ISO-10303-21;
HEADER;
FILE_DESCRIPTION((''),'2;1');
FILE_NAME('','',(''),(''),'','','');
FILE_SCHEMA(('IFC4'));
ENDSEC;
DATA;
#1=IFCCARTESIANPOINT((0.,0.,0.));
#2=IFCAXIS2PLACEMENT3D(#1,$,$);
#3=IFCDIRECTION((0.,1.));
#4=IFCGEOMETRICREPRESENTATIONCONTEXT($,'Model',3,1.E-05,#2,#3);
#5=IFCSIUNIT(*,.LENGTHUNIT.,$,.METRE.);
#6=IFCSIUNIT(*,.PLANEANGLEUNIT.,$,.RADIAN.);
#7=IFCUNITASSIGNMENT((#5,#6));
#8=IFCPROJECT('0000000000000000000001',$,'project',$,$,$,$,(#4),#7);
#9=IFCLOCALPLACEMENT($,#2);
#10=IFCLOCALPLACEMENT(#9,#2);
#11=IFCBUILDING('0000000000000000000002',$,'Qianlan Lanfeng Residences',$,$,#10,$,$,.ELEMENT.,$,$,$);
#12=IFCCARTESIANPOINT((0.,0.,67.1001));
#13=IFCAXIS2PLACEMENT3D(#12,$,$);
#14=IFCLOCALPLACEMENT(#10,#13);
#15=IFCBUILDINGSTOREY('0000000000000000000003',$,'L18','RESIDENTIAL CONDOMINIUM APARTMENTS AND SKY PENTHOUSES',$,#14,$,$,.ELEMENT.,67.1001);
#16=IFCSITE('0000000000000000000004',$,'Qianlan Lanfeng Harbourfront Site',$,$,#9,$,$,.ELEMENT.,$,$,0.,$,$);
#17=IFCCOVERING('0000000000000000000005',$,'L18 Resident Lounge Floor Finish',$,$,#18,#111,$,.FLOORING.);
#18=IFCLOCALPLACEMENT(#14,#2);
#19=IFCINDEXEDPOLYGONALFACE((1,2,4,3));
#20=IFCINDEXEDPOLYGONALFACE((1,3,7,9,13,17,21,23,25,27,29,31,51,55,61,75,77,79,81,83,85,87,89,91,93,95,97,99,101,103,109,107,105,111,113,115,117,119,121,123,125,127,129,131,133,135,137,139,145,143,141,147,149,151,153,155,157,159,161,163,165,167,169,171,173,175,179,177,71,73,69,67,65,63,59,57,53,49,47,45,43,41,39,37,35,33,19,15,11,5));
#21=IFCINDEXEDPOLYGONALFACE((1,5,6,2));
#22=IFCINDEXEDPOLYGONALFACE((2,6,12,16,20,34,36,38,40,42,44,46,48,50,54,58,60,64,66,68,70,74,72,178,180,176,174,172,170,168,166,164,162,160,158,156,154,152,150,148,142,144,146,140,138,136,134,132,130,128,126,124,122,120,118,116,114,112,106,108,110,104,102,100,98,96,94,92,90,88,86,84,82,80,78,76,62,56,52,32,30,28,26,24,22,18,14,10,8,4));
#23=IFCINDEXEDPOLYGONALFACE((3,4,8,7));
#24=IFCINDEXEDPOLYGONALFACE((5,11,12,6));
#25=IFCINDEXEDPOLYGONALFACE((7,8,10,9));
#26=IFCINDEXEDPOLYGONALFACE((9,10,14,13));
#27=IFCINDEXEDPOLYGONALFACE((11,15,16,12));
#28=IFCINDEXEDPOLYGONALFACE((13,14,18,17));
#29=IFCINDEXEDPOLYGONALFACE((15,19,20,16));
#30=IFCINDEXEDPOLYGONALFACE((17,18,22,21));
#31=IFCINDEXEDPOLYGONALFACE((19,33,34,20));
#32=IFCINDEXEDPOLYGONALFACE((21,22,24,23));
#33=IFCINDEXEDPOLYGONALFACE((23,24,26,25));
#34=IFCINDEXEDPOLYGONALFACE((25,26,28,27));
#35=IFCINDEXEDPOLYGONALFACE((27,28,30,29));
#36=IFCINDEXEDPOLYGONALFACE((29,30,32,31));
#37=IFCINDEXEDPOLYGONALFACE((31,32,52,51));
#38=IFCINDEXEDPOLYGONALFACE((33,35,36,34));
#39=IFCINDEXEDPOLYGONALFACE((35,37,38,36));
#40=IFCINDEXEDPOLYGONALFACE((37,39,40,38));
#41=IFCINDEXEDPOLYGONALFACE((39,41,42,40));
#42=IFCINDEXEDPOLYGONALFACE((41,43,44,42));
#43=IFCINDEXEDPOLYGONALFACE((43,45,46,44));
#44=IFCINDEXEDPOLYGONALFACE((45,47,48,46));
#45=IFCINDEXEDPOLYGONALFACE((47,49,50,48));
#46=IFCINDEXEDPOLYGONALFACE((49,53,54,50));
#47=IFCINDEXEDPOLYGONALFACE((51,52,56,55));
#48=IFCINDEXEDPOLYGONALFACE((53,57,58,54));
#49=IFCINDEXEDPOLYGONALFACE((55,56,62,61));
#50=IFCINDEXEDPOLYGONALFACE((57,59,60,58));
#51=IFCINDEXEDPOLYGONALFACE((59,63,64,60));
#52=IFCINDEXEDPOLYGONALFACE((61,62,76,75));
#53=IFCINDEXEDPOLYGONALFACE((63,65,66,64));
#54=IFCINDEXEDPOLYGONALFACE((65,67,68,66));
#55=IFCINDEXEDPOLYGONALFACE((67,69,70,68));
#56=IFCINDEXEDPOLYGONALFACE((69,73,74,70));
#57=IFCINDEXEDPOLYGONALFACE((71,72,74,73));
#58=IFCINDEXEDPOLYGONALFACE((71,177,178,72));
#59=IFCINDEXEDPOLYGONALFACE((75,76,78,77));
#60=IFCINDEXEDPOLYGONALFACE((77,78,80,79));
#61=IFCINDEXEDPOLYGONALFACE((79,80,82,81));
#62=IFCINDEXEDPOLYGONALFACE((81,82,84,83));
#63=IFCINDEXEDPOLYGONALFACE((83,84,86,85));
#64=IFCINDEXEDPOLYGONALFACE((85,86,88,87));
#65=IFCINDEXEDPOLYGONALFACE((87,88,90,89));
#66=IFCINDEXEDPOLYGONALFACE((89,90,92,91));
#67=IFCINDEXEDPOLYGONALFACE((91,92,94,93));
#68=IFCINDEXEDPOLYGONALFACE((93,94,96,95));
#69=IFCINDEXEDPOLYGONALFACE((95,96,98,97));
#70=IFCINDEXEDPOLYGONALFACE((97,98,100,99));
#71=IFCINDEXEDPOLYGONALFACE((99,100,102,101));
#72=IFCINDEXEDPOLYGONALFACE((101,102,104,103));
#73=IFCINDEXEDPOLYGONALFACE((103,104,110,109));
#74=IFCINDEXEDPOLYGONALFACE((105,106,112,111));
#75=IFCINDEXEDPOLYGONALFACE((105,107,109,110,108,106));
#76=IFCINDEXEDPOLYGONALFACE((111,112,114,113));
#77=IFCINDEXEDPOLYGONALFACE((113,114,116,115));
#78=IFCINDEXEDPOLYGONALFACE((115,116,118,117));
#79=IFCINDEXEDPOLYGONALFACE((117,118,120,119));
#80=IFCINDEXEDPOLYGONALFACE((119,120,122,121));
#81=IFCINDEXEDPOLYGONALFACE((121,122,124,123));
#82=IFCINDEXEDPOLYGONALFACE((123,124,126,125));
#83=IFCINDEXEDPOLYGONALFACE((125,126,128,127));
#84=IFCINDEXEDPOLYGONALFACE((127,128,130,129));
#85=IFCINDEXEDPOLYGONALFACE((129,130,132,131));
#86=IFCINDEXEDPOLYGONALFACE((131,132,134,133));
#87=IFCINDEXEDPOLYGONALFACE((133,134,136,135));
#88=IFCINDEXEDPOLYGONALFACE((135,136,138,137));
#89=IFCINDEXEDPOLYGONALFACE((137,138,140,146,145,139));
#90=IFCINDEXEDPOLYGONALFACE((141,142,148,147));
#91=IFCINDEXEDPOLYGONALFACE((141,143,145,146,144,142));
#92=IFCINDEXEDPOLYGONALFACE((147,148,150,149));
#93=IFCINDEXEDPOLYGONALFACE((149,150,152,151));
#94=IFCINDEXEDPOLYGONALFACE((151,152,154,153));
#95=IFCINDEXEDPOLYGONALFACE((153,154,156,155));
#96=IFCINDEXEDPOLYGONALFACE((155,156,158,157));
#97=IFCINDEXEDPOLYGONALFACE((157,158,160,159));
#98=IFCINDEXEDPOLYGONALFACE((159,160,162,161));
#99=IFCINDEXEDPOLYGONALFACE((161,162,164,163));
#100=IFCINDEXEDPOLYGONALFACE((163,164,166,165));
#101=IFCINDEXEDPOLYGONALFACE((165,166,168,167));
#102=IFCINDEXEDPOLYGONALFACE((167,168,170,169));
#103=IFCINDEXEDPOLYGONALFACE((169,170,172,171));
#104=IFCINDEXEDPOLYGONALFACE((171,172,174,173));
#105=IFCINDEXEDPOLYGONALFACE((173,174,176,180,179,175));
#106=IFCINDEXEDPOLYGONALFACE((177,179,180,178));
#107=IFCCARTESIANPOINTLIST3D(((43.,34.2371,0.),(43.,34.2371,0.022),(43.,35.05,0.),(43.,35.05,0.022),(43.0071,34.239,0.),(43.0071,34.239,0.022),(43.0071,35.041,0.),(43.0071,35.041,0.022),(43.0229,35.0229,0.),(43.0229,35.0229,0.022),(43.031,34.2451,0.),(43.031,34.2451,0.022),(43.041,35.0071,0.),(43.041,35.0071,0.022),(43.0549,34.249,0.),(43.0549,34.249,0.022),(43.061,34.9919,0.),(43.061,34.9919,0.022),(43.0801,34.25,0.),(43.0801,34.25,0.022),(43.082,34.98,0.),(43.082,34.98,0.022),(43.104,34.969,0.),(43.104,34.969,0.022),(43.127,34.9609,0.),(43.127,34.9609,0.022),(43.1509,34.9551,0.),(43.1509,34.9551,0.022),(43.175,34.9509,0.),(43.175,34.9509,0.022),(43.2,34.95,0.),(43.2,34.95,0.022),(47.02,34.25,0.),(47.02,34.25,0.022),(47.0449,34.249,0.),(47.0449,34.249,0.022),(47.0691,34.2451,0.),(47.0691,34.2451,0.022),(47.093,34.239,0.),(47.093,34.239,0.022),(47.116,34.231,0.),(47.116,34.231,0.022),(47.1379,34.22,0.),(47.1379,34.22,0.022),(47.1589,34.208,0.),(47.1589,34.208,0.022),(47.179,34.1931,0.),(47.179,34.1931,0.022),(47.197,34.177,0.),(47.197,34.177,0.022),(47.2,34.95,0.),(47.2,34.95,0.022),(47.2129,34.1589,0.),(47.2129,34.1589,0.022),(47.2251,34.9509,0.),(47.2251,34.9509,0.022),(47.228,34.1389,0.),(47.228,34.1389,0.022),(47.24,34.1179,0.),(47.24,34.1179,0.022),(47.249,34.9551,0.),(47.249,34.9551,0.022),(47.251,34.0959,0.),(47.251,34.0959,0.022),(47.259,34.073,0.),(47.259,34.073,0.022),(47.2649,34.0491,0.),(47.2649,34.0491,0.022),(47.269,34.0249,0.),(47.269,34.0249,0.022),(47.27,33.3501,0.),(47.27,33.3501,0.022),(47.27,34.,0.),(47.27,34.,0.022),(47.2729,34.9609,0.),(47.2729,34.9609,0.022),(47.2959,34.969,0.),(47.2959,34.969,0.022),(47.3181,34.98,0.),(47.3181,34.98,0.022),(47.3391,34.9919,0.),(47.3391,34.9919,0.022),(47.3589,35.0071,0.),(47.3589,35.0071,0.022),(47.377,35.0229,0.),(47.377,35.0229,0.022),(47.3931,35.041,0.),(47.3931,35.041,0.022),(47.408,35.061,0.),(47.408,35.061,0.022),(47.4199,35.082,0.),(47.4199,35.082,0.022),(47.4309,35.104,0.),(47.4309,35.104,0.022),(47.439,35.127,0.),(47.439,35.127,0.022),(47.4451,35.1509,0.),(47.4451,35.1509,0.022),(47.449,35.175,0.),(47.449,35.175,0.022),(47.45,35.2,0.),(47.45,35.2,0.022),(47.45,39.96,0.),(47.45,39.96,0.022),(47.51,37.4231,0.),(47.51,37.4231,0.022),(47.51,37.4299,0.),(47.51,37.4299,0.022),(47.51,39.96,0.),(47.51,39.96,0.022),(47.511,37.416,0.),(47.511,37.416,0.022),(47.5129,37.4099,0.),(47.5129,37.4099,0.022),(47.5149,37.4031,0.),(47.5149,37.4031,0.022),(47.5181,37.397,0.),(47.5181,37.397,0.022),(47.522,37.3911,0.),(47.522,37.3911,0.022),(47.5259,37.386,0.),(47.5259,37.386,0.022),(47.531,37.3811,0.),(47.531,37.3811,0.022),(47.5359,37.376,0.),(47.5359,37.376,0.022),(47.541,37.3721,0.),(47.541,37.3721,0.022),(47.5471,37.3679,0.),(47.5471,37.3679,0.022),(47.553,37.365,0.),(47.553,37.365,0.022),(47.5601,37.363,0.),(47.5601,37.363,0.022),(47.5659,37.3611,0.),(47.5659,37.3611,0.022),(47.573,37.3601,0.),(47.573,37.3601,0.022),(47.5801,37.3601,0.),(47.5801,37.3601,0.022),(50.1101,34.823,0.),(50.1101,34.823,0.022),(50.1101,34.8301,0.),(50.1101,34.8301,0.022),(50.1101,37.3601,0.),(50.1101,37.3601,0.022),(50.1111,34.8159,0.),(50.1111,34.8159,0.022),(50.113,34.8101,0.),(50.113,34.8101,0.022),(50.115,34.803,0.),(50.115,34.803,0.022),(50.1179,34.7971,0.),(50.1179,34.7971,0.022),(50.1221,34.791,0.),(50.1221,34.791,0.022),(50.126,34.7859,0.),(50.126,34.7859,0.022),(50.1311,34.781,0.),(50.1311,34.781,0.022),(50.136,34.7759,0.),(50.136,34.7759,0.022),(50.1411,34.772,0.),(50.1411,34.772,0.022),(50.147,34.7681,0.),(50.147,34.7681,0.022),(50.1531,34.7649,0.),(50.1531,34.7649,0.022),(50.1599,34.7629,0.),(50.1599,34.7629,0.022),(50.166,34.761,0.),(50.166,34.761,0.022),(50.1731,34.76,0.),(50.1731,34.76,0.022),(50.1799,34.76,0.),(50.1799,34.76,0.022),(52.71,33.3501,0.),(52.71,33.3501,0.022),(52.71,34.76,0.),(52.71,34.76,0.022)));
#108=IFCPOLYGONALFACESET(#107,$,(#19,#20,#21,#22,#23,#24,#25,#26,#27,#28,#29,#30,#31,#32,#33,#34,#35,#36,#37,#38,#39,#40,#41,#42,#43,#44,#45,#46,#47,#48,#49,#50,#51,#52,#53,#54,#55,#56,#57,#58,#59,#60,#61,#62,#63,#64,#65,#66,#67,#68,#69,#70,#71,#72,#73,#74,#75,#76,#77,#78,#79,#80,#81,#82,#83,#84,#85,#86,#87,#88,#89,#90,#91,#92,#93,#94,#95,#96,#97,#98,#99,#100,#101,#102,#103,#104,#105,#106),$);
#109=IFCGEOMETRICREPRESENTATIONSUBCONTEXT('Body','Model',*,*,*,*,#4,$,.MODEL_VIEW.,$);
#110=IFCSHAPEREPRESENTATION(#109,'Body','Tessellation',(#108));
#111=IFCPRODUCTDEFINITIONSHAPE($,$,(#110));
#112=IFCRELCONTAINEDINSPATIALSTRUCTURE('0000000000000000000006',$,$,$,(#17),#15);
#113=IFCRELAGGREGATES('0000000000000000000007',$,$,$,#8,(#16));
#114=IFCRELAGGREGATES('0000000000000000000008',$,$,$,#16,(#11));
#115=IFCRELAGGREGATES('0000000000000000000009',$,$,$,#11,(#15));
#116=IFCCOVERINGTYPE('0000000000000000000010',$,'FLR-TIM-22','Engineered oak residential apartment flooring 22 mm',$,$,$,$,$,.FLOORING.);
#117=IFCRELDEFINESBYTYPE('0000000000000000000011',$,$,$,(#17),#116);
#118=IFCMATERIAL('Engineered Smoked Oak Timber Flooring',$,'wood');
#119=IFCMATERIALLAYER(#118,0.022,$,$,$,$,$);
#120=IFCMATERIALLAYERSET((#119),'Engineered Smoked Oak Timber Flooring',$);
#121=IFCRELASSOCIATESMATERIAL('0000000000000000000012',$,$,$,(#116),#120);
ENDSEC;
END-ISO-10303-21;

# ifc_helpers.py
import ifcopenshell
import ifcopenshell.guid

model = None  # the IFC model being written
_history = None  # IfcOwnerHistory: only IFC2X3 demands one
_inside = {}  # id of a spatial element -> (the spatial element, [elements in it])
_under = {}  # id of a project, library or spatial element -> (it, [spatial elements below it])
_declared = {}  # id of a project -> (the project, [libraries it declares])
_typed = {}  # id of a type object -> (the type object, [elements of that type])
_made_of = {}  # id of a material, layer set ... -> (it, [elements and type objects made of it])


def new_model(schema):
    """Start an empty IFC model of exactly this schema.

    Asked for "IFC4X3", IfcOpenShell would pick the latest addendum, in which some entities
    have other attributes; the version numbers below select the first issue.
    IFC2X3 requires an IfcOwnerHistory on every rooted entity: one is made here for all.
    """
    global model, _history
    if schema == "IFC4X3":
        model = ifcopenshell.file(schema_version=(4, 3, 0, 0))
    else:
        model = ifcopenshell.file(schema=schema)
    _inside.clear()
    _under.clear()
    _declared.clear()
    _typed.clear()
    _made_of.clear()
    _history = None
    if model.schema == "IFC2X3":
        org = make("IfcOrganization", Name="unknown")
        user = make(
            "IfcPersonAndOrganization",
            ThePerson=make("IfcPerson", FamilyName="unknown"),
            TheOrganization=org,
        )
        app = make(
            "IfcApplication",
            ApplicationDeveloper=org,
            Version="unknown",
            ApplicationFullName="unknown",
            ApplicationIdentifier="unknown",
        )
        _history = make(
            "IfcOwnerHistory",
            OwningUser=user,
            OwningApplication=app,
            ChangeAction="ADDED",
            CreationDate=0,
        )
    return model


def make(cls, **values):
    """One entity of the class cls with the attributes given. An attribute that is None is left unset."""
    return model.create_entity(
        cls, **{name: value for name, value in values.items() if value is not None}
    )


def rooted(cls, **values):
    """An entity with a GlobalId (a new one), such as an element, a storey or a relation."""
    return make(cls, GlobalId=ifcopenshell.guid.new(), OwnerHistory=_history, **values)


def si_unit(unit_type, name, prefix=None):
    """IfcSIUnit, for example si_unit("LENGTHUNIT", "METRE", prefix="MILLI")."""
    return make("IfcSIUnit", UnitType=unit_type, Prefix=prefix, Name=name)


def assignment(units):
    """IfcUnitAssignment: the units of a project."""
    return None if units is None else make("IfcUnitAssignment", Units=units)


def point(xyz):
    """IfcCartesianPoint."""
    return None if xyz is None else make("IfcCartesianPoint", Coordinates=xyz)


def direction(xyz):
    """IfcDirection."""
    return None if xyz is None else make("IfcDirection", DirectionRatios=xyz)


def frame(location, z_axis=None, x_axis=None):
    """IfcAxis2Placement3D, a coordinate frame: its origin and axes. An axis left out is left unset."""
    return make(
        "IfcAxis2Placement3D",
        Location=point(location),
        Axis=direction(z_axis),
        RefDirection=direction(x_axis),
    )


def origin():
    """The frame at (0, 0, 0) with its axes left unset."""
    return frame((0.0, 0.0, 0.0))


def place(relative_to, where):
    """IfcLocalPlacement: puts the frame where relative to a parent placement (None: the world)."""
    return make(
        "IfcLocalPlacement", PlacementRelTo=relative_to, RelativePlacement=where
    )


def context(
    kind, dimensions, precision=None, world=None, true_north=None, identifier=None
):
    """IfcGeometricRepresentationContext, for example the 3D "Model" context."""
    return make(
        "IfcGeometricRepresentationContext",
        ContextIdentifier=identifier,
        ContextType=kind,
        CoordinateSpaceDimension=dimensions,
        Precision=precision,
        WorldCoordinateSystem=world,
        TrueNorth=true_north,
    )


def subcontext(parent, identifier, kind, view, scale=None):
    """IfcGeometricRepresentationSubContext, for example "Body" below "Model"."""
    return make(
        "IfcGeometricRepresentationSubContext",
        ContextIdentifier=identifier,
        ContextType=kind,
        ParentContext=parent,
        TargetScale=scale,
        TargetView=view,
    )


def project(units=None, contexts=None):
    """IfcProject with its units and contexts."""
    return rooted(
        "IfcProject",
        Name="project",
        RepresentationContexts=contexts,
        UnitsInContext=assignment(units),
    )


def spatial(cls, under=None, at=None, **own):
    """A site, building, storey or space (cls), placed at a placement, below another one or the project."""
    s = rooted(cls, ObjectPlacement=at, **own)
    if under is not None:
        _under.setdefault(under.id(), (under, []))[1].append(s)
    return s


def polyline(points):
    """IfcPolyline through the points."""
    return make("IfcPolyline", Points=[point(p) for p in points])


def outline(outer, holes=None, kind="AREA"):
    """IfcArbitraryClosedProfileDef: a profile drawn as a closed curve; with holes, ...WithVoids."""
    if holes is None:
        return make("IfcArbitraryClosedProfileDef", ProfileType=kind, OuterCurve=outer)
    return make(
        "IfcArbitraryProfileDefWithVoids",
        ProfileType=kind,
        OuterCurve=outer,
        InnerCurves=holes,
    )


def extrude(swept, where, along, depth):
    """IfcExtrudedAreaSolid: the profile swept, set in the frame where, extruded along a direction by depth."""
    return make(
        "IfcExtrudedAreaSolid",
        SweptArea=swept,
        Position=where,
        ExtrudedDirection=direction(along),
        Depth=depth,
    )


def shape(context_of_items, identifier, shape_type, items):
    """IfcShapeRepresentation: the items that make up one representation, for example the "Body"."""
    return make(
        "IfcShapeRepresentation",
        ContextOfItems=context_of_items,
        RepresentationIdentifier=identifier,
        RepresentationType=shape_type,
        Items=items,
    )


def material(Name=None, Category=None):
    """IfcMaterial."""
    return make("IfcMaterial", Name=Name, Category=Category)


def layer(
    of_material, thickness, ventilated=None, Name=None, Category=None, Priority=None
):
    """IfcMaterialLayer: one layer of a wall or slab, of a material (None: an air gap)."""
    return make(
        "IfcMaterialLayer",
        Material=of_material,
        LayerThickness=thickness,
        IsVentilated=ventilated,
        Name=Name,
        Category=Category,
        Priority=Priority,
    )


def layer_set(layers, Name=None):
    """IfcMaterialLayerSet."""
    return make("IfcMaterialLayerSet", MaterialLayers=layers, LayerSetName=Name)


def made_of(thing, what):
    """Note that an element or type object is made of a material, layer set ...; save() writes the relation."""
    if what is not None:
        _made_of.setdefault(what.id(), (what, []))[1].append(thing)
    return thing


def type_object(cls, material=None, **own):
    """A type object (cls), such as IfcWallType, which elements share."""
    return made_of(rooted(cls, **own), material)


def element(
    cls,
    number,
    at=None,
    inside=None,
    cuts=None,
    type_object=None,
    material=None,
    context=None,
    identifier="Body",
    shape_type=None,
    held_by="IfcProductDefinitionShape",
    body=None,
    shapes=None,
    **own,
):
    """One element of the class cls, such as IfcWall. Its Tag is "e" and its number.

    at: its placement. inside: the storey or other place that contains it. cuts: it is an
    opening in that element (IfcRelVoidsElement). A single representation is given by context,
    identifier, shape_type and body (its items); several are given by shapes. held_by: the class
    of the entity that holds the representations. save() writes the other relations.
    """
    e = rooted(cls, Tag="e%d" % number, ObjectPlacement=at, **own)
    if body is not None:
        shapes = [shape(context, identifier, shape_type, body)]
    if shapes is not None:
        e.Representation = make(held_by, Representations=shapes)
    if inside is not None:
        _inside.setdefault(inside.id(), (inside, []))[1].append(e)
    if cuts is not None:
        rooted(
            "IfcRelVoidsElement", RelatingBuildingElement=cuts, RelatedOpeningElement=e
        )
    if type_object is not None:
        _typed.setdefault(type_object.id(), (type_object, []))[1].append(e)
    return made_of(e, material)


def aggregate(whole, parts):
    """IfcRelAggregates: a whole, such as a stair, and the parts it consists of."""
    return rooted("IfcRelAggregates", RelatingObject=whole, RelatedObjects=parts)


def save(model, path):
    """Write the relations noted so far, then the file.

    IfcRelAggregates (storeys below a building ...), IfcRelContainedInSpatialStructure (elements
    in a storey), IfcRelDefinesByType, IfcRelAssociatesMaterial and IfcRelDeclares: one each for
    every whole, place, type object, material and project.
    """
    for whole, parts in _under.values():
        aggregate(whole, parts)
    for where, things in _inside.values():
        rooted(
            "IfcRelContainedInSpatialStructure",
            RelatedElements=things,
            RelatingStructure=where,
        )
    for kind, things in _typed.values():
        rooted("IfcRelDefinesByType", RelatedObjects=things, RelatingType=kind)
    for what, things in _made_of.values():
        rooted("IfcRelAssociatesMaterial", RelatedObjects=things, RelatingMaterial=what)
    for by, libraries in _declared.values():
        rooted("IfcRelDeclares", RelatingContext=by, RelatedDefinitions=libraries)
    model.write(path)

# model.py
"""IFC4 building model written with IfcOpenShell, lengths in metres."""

from ifc_helpers import new_model, si_unit, direction, frame, origin, place, context, subcontext, project, spatial, polyline, outline, extrude, material, layer, layer_set, type_object, element, save


model = new_model("IFC4")

# Units and contexts
model_context = context("Model", 3, precision=1e-05, world=origin(), true_north=direction((0.0, 1.0)))
body_context = subcontext(model_context, "Body", "Model", "MODEL_VIEW")
ifc_project = project(units=[si_unit("LENGTHUNIT", "METRE"), si_unit("PLANEANGLEUNIT", "RADIAN")], contexts=[model_context])

# Site, building, storey
site_placement = place(None, origin())
site = spatial("IfcSite", under=ifc_project, at=site_placement, Name="Qianlan Lanfeng Harbourfront Site", CompositionType="ELEMENT", RefElevation=0.0)
building_placement = place(site_placement, origin())
building = spatial("IfcBuilding", under=site, at=building_placement, Name="Qianlan Lanfeng Residences", CompositionType="ELEMENT")
storey_placement = place(building_placement, frame((0.0, 0.0, 67.1001)))
storey = spatial("IfcBuildingStorey", under=building, at=storey_placement, Name="L18", Description="RESIDENTIAL CONDOMINIUM APARTMENTS AND SKY PENTHOUSES", CompositionType="ELEMENT", Elevation=67.1001)

# Covering
ifc_material_1 = material(Name="Engineered Smoked Oak Timber Flooring", Category="wood")
ifc_layer_1 = layer(ifc_material_1, 0.022)
ifc_layer_set_1 = layer_set([ifc_layer_1], Name="Engineered Smoked Oak Timber Flooring")
covering_type = type_object("IfcCoveringType", Name="FLR-TIM-22", Description="Engineered oak residential apartment flooring 22 mm", PredefinedType="FLOORING", material=ifc_layer_set_1)
covering_1_placement = place(storey_placement, origin())
element("IfcCovering", 1, at=covering_1_placement, inside=storey, type_object=covering_type, Name="L18 Resident Lounge Floor Finish", PredefinedType="FLOORING", context=body_context, shape_type="SweptSolid", body=[
    extrude(outline(polyline([(43.0, 34.2371), (43.0071, 34.239), (43.031, 34.2451), (43.0549, 34.249), (43.0801, 34.25), (47.02, 34.25), (47.0449, 34.249), (47.0691, 34.2451), (47.093, 34.239), (47.116, 34.231), (47.1379, 34.22), (47.1589, 34.208), (47.179, 34.1931), (47.197, 34.177), (47.2129, 34.1589), (47.228, 34.1389), (47.24, 34.1179), (47.251, 34.0959), (47.259, 34.073), (47.2649, 34.0491), (47.269, 34.0249), (47.27, 34.0), (47.27, 33.3501), (52.71, 33.3501), (52.71, 34.76), (50.1799, 34.76), (50.1731, 34.76), (50.166, 34.761), (50.1599, 34.7629), (50.1531, 34.7649), (50.147, 34.7681), (50.1411, 34.772), (50.136, 34.7759), (50.1311, 34.781), (50.126, 34.7859), (50.1221, 34.791), (50.1179, 34.7971), (50.115, 34.803), (50.113, 34.8101), (50.1111, 34.8159), (50.1101, 34.823), (50.1101, 34.8301), (50.1101, 37.3601), (47.5801, 37.3601), (47.573, 37.3601), (47.5659, 37.3611), (47.5601, 37.363), (47.553, 37.365), (47.5471, 37.3679), (47.541, 37.3721), (47.5359, 37.376), (47.531, 37.3811), (47.5259, 37.386), (47.522, 37.3911), (47.5181, 37.397), (47.5149, 37.4031), (47.5129, 37.4099), (47.511, 37.416), (47.51, 37.4231), (47.51, 37.4299), (47.51, 39.96), (47.45, 39.96), (47.45, 35.2), (47.449, 35.175), (47.4451, 35.1509), (47.439, 35.127), (47.4309, 35.104), (47.4199, 35.082), (47.408, 35.061), (47.3931, 35.041), (47.377, 35.0229), (47.3589, 35.0071), (47.3391, 34.9919), (47.3181, 34.98), (47.2959, 34.969), (47.2729, 34.9609), (47.249, 34.9551), (47.2251, 34.9509), (47.2, 34.95), (43.2, 34.95), (43.175, 34.9509), (43.1509, 34.9551), (43.127, 34.9609), (43.104, 34.969), (43.082, 34.98), (43.061, 34.9919), (43.041, 35.0071), (43.0229, 35.0229), (43.0071, 35.041), (43.0, 35.05), (43.0, 34.2371)])), origin(), (0.0, 0.0, 1.0), 0.022),
])

save(model, "model.ifc")
